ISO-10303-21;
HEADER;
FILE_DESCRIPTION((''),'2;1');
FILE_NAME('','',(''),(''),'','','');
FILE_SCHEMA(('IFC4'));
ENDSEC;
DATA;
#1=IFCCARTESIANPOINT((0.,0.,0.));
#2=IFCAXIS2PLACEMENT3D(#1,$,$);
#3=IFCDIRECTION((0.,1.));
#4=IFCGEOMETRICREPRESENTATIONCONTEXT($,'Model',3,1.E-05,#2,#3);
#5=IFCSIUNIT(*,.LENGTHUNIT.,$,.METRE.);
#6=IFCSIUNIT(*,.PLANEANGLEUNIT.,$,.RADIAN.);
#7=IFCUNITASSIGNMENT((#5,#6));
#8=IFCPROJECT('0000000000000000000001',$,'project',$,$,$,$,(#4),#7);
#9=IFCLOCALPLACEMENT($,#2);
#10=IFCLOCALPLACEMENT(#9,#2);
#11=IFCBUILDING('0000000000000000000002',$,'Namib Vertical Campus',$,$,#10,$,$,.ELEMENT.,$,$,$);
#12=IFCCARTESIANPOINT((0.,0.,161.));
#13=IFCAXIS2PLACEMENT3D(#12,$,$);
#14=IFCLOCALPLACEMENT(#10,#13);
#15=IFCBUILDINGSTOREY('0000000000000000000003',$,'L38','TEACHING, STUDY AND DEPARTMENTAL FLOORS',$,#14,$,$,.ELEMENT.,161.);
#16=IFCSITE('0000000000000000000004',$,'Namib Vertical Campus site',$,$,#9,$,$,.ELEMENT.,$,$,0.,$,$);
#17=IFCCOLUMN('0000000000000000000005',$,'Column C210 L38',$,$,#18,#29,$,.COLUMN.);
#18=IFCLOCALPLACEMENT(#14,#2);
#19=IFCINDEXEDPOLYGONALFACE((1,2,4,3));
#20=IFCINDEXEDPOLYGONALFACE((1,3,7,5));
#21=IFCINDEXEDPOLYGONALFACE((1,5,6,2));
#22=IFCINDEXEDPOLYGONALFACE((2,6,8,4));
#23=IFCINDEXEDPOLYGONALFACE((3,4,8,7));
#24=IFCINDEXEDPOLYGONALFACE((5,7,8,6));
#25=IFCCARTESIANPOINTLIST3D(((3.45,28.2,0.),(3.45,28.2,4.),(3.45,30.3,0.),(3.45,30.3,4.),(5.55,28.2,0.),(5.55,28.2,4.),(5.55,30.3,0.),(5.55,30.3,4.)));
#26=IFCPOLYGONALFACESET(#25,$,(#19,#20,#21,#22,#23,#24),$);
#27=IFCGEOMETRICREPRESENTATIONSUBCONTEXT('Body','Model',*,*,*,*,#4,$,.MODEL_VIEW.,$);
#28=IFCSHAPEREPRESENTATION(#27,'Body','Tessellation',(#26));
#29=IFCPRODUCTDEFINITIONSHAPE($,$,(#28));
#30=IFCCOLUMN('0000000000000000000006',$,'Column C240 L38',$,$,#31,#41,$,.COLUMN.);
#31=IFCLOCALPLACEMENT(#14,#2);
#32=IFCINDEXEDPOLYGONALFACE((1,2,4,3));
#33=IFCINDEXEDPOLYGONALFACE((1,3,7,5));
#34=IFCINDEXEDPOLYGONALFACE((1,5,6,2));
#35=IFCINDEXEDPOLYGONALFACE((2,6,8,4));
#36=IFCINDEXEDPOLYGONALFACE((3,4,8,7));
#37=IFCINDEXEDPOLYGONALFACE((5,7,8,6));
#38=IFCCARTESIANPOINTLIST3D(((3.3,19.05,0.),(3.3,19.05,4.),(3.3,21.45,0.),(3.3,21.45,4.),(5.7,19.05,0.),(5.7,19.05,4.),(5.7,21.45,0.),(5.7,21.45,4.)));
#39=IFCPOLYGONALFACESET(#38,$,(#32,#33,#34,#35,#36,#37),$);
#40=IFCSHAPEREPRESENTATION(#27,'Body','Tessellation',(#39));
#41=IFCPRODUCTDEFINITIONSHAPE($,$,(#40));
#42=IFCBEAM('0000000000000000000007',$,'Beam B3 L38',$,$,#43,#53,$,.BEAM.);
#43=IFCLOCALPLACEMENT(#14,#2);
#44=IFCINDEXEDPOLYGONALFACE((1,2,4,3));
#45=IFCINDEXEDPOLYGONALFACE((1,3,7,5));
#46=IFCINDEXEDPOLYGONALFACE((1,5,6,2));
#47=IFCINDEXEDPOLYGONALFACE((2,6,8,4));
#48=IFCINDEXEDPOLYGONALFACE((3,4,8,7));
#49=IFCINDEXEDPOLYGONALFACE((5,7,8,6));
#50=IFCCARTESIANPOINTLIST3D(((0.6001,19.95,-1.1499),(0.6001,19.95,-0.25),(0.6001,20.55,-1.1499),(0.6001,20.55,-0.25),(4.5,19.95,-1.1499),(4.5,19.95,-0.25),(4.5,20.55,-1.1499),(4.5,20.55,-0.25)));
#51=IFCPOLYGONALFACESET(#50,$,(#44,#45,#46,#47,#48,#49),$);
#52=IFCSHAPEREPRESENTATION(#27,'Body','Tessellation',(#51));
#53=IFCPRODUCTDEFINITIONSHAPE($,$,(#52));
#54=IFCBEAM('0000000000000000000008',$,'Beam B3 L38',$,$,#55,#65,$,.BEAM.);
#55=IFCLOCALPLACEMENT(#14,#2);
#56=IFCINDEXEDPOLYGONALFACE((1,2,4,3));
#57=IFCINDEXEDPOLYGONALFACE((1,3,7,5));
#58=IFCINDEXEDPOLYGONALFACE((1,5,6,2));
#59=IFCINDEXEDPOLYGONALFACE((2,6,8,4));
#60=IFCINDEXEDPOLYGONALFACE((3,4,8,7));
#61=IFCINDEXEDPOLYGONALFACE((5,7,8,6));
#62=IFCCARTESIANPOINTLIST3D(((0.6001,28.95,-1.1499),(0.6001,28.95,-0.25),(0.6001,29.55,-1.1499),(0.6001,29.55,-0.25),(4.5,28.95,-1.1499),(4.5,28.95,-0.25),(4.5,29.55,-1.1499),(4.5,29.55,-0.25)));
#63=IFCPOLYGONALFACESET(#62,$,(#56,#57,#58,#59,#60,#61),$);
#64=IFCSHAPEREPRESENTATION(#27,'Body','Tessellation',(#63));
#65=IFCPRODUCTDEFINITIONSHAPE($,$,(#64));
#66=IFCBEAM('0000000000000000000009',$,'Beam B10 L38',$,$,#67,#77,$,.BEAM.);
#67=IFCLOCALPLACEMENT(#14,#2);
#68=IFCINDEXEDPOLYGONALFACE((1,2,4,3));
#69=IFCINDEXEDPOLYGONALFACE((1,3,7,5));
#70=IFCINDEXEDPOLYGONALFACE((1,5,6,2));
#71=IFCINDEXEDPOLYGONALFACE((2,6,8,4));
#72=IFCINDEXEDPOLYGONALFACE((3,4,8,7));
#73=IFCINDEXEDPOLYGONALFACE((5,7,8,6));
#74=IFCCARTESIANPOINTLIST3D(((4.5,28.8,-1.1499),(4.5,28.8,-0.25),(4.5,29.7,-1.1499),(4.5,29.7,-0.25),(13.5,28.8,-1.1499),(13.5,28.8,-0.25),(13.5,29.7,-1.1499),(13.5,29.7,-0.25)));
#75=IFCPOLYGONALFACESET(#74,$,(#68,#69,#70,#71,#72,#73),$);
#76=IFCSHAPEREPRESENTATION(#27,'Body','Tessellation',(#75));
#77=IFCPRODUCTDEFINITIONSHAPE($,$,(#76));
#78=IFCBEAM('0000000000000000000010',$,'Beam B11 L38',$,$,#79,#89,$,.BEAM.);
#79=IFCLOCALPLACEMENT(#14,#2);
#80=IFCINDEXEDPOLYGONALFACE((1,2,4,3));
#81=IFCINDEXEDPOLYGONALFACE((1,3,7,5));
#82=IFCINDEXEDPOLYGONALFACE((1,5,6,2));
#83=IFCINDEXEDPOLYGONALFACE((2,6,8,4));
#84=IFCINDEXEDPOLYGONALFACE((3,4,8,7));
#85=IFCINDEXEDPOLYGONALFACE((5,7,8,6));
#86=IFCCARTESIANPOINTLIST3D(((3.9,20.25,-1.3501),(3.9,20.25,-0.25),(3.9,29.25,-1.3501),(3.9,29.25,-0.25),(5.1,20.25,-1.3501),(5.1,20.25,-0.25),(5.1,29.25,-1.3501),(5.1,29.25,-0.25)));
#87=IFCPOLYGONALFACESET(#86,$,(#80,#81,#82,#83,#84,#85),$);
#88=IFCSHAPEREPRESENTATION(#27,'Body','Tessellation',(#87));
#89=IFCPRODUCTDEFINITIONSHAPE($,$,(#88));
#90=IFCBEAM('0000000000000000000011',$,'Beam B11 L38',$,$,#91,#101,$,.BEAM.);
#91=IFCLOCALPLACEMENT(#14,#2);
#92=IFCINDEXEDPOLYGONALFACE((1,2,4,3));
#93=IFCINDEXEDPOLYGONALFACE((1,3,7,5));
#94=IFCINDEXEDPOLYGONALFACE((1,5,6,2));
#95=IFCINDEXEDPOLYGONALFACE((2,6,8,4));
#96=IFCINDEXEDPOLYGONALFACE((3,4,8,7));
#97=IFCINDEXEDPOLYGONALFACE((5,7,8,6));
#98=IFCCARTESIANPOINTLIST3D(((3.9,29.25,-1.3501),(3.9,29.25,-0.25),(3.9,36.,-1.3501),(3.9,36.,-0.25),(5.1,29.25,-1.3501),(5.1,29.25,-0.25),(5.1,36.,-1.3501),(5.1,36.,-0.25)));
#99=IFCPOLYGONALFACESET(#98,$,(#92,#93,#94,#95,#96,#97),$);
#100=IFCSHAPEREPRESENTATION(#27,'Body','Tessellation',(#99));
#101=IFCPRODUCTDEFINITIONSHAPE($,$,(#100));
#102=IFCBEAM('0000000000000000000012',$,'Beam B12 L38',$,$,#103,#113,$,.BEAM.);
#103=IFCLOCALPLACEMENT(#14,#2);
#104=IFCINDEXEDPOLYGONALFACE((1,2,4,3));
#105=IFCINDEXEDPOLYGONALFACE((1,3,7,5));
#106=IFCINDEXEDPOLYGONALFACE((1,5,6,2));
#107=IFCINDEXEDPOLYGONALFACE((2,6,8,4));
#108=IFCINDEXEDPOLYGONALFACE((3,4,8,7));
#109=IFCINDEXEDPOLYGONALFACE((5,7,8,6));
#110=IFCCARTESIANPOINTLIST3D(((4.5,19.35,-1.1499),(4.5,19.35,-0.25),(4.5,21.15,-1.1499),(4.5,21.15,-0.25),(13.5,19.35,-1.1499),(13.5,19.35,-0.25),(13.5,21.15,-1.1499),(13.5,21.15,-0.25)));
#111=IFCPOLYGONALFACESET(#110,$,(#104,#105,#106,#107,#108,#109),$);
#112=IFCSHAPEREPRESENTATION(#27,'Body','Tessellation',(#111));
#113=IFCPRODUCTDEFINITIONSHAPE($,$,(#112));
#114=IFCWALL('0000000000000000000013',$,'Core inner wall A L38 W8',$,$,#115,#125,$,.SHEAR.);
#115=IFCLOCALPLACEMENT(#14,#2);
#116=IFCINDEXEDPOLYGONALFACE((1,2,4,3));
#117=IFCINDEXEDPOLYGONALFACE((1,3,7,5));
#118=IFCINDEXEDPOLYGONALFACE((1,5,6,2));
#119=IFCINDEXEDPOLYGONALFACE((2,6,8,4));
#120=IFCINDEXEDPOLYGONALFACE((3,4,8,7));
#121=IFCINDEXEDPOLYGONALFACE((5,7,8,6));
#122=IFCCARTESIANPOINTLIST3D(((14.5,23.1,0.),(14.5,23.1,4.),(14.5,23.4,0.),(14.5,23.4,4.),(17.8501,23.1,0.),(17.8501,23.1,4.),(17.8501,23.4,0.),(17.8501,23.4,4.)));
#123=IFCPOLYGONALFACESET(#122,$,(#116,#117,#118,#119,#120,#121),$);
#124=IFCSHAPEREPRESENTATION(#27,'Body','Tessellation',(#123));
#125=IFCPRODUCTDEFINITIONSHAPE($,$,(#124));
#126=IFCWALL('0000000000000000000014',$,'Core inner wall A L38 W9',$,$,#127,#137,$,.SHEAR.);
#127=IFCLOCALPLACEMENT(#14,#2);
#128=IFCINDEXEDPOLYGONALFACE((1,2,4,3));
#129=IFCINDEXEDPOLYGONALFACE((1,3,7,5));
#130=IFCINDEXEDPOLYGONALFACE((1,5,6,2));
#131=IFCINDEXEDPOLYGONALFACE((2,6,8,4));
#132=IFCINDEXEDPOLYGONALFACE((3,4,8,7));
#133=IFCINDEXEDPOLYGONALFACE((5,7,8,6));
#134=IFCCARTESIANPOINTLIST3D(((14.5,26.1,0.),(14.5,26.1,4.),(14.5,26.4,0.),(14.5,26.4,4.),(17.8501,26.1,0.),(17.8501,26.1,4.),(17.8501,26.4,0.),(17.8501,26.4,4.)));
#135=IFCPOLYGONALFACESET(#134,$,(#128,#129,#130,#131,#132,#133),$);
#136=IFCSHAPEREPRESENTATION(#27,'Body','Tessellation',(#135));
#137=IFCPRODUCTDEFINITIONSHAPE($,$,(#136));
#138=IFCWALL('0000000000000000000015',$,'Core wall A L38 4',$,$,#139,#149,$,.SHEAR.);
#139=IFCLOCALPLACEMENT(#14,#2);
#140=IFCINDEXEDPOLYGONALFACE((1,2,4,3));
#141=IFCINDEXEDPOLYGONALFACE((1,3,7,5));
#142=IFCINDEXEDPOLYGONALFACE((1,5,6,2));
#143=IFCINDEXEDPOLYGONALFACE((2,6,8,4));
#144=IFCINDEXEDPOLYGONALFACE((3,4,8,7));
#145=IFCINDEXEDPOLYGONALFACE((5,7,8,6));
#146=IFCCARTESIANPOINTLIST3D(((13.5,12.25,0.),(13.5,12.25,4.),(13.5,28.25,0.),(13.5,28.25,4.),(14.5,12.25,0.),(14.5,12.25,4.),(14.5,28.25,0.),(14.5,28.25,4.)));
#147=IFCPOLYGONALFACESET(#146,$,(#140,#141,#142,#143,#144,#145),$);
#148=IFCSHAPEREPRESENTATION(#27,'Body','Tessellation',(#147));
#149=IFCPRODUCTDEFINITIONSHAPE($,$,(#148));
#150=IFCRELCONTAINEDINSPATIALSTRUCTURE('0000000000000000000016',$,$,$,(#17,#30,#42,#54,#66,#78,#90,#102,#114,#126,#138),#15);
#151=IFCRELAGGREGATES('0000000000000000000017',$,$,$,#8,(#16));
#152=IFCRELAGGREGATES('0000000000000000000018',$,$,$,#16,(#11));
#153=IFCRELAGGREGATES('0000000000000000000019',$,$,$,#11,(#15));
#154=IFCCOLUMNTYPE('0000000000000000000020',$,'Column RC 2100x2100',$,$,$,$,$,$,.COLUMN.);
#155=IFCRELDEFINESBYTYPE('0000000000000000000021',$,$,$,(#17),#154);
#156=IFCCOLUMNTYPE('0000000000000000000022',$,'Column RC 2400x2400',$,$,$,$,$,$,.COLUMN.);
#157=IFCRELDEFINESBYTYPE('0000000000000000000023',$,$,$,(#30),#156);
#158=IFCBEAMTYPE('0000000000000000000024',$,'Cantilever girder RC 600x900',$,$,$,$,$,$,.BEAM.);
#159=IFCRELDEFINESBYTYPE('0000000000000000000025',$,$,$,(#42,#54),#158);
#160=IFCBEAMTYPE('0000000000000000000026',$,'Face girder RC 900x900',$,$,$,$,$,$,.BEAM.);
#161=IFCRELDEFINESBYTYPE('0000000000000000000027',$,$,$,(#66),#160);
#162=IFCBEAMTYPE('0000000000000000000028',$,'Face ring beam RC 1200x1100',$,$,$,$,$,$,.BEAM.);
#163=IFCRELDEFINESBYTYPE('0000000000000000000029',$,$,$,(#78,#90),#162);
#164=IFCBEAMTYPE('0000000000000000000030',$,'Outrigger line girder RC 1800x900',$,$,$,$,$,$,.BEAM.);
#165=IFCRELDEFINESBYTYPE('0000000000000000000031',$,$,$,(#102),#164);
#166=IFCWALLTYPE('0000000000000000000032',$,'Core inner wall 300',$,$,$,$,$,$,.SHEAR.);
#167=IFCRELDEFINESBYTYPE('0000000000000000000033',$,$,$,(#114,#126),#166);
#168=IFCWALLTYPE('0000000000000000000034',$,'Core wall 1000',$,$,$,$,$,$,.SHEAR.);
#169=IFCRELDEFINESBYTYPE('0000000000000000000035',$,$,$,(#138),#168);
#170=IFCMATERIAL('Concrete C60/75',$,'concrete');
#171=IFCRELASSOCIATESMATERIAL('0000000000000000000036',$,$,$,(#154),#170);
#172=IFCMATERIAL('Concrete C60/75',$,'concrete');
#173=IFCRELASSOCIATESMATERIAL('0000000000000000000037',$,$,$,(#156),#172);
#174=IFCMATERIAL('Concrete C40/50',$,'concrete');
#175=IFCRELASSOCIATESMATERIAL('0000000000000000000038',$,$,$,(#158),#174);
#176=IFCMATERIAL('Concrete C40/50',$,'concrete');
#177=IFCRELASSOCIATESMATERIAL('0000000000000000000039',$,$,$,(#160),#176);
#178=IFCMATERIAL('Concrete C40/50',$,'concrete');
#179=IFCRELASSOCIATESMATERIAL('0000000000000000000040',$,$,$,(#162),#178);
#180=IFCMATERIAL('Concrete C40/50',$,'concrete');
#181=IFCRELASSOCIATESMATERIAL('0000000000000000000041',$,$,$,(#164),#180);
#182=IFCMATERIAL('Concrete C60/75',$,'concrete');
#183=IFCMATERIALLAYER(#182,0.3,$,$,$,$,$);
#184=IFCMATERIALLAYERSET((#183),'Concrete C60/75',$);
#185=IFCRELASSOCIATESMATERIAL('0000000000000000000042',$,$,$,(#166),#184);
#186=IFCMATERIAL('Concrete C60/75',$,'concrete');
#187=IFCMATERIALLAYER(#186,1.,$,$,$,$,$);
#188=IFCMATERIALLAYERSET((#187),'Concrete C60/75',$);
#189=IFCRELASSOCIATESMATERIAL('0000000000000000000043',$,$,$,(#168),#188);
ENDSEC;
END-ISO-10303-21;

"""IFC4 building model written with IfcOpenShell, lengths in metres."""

from ifc_helpers import new_model, si_unit, direction, frame, frame_2d, origin, origin_2d, place, context, subcontext, project, spatial, rectangle, extrude, material, layer, layer_set, material_profile, profile_set, type_object, element, save


model = new_model("IFC4")

# Units and contexts
model_context = context("Model", 3, precision=1e-05, world=origin(), true_north=direction((0.0, 1.0)))
body_context = subcontext(model_context, "Body", "Model", "MODEL_VIEW")
ifc_project = project(units=[si_unit("LENGTHUNIT", "METRE"), si_unit("PLANEANGLEUNIT", "RADIAN")], contexts=[model_context])

# Site, building, storey
site_placement = place(None, origin())
site = spatial("IfcSite", under=ifc_project, at=site_placement, Name="Namib Vertical Campus site", CompositionType="ELEMENT", RefElevation=0.0)
building_placement = place(site_placement, origin())
building = spatial("IfcBuilding", under=site, at=building_placement, Name="Namib Vertical Campus", CompositionType="ELEMENT")
storey_placement = place(building_placement, frame((0.0, 0.0, 161.0)))
storey = spatial("IfcBuildingStorey", under=building, at=storey_placement, Name="L38", Description="TEACHING, STUDY AND DEPARTMENTAL FLOORS", CompositionType="ELEMENT", Elevation=161.0)

# Columns
ifc_material_1 = material(Name="Concrete C60/75", Category="concrete")
ifc_material_profile_1 = material_profile(ifc_material_1, rectangle(XDim=2.1001, YDim=2.1001, at=origin_2d()))
ifc_profile_set_1 = profile_set([ifc_material_profile_1], Name="Concrete C60/75")
column_type_1 = type_object("IfcColumnType", Name="Column RC 2100x2100", PredefinedType="COLUMN", material=ifc_profile_set_1)
column_1_placement = place(storey_placement, frame((4.5, 29.25, 0.0), z_axis=(0.0, 0.0, 1.0), x_axis=(1.0, 0.0, 0.0)))
element("IfcColumn", 1, at=column_1_placement, inside=storey, type_object=column_type_1, Name="Column C210 L38", PredefinedType="COLUMN", context=body_context, shape_type="SweptSolid", body=[
    extrude(rectangle(XDim=2.1001, YDim=2.1001, at=origin_2d()), origin(), (0.0, 0.0, 1.0), 4.0),
])
ifc_material_2 = material(Name="Concrete C60/75", Category="concrete")
ifc_material_profile_2 = material_profile(ifc_material_2, rectangle(XDim=2.3999, YDim=2.3999, at=origin_2d()))
ifc_profile_set_2 = profile_set([ifc_material_profile_2], Name="Concrete C60/75")
column_type_2 = type_object("IfcColumnType", Name="Column RC 2400x2400", PredefinedType="COLUMN", material=ifc_profile_set_2)
column_2_placement = place(storey_placement, frame((4.5, 20.25, 0.0), z_axis=(0.0, 0.0, 1.0), x_axis=(1.0, 0.0, 0.0)))
element("IfcColumn", 2, at=column_2_placement, inside=storey, type_object=column_type_2, Name="Column C240 L38", PredefinedType="COLUMN", context=body_context, shape_type="SweptSolid", body=[
    extrude(rectangle(XDim=2.3999, YDim=2.3999, at=origin_2d()), origin(), (0.0, 0.0, 1.0), 4.0),
])

# Beams
ifc_material_3 = material(Name="Concrete C40/50", Category="concrete")
ifc_material_profile_3 = material_profile(ifc_material_3, rectangle(XDim=0.6001, YDim=0.8999, at=origin_2d()))
ifc_profile_set_3 = profile_set([ifc_material_profile_3], Name="Concrete C40/50")
beam_type_1 = type_object("IfcBeamType", Name="Cantilever girder RC 600x900", PredefinedType="BEAM", material=ifc_profile_set_3)
for number, where, z_axis, x_axis, name in (
    (3, (4.5, 20.25, -0.7), (-1.0, 0.0, 0.0), (0.0, -1.0, 0.0), "Beam B3 L38"),
    (4, (4.5, 29.25, -0.7), (-1.0, 0.0, 0.0), (0.0, -1.0, 0.0), "Beam B3 L38"),
):
    element("IfcBeam", number, at=place(storey_placement, frame(where, z_axis=z_axis, x_axis=x_axis)), inside=storey, type_object=beam_type_1, Name=name, PredefinedType="BEAM", context=body_context, shape_type="SweptSolid", body=[
        extrude(rectangle(XDim=0.6001, YDim=0.8999, at=origin_2d()), origin(), (0.0, 0.0, 1.0), 3.8999),
    ])
ifc_material_4 = material(Name="Concrete C40/50", Category="concrete")
ifc_material_profile_4 = material_profile(ifc_material_4, rectangle(XDim=0.8999, YDim=0.8999, at=origin_2d()))
ifc_profile_set_4 = profile_set([ifc_material_profile_4], Name="Concrete C40/50")
beam_type_2 = type_object("IfcBeamType", Name="Face girder RC 900x900", PredefinedType="BEAM", material=ifc_profile_set_4)
beam_1_placement = place(storey_placement, frame((4.5, 29.25, -0.7), z_axis=(1.0, 0.0, 0.0), x_axis=(0.0, 1.0, 0.0)))
element("IfcBeam", 5, at=beam_1_placement, inside=storey, type_object=beam_type_2, Name="Beam B10 L38", PredefinedType="BEAM", context=body_context, shape_type="SweptSolid", body=[
    extrude(rectangle(XDim=0.8999, YDim=0.8999, at=origin_2d()), origin(), (0.0, 0.0, 1.0), 9.0),
])
ifc_material_5 = material(Name="Concrete C40/50", Category="concrete")
ifc_material_profile_5 = material_profile(ifc_material_5, rectangle(XDim=1.2, YDim=1.1001, at=origin_2d()))
ifc_profile_set_5 = profile_set([ifc_material_profile_5], Name="Concrete C40/50")
beam_type_3 = type_object("IfcBeamType", Name="Face ring beam RC 1200x1100", PredefinedType="BEAM", material=ifc_profile_set_5)
beam_2_placement = place(storey_placement, frame((4.5, 20.25, -0.8), z_axis=(0.0, 1.0, 0.0), x_axis=(-1.0, 0.0, 0.0)))
element("IfcBeam", 6, at=beam_2_placement, inside=storey, type_object=beam_type_3, Name="Beam B11 L38", PredefinedType="BEAM", context=body_context, shape_type="SweptSolid", body=[
    extrude(rectangle(XDim=1.2, YDim=1.1001, at=origin_2d()), origin(), (0.0, 0.0, 1.0), 9.0),
])
beam_3_placement = place(storey_placement, frame((4.5, 29.25, -0.8), z_axis=(0.0, 1.0, 0.0), x_axis=(-1.0, 0.0, 0.0)))
element("IfcBeam", 7, at=beam_3_placement, inside=storey, type_object=beam_type_3, Name="Beam B11 L38", PredefinedType="BEAM", context=body_context, shape_type="SweptSolid", body=[
    extrude(rectangle(XDim=1.2, YDim=1.1001, at=origin_2d()), origin(), (0.0, 0.0, 1.0), 6.75),
])
ifc_material_6 = material(Name="Concrete C40/50", Category="concrete")
ifc_material_profile_6 = material_profile(ifc_material_6, rectangle(XDim=1.8, YDim=0.8999, at=origin_2d()))
ifc_profile_set_6 = profile_set([ifc_material_profile_6], Name="Concrete C40/50")
beam_type_4 = type_object("IfcBeamType", Name="Outrigger line girder RC 1800x900", PredefinedType="BEAM", material=ifc_profile_set_6)
beam_4_placement = place(storey_placement, frame((4.5, 20.25, -0.7), z_axis=(1.0, 0.0, 0.0), x_axis=(0.0, 1.0, 0.0)))
element("IfcBeam", 8, at=beam_4_placement, inside=storey, type_object=beam_type_4, Name="Beam B12 L38", PredefinedType="BEAM", context=body_context, shape_type="SweptSolid", body=[
    extrude(rectangle(XDim=1.8, YDim=0.8999, at=origin_2d()), origin(), (0.0, 0.0, 1.0), 9.0),
])

# Walls
ifc_material_7 = material(Name="Concrete C60/75", Category="concrete")
ifc_layer_1 = layer(ifc_material_7, 0.3)
ifc_layer_set_1 = layer_set([ifc_layer_1], Name="Concrete C60/75")
wall_type_1 = type_object("IfcWallType", Name="Core inner wall 300", PredefinedType="SHEAR", material=ifc_layer_set_1)
for number, where, z_axis, x_axis, name in (
    (9, (14.5, 23.25, 0.0), (0.0, 0.0, 1.0), (1.0, 0.0, 0.0), "Core inner wall A L38 W8"),
    (10, (14.5, 26.25, 0.0), (0.0, 0.0, 1.0), (1.0, 0.0, 0.0), "Core inner wall A L38 W9"),
):
    element("IfcWall", number, at=place(storey_placement, frame(where, z_axis=z_axis, x_axis=x_axis)), inside=storey, type_object=wall_type_1, Name=name, PredefinedType="SHEAR", context=body_context, shape_type="SweptSolid", body=[
        extrude(rectangle(XDim=3.3501, YDim=0.3, at=frame_2d((1.675, 0.0))), origin(), (0.0, 0.0, 1.0), 4.0),
    ])
ifc_material_8 = material(Name="Concrete C60/75", Category="concrete")
ifc_layer_2 = layer(ifc_material_8, 1.0)
ifc_layer_set_2 = layer_set([ifc_layer_2], Name="Concrete C60/75")
wall_type_2 = type_object("IfcWallType", Name="Core wall 1000", PredefinedType="SHEAR", material=ifc_layer_set_2)
wall_1_placement = place(storey_placement, frame((14.0, 28.25, 0.0), z_axis=(0.0, 0.0, 1.0), x_axis=(0.0, -1.0, 0.0)))
element("IfcWall", 11, at=wall_1_placement, inside=storey, type_object=wall_type_2, Name="Core wall A L38 4", PredefinedType="SHEAR", context=body_context, shape_type="SweptSolid", body=[
    extrude(rectangle(XDim=16.0, YDim=1.0, at=frame_2d((8.0, 0.0))), origin(), (0.0, 0.0, 1.0), 4.0),
])

save(model, "model.ifc")
